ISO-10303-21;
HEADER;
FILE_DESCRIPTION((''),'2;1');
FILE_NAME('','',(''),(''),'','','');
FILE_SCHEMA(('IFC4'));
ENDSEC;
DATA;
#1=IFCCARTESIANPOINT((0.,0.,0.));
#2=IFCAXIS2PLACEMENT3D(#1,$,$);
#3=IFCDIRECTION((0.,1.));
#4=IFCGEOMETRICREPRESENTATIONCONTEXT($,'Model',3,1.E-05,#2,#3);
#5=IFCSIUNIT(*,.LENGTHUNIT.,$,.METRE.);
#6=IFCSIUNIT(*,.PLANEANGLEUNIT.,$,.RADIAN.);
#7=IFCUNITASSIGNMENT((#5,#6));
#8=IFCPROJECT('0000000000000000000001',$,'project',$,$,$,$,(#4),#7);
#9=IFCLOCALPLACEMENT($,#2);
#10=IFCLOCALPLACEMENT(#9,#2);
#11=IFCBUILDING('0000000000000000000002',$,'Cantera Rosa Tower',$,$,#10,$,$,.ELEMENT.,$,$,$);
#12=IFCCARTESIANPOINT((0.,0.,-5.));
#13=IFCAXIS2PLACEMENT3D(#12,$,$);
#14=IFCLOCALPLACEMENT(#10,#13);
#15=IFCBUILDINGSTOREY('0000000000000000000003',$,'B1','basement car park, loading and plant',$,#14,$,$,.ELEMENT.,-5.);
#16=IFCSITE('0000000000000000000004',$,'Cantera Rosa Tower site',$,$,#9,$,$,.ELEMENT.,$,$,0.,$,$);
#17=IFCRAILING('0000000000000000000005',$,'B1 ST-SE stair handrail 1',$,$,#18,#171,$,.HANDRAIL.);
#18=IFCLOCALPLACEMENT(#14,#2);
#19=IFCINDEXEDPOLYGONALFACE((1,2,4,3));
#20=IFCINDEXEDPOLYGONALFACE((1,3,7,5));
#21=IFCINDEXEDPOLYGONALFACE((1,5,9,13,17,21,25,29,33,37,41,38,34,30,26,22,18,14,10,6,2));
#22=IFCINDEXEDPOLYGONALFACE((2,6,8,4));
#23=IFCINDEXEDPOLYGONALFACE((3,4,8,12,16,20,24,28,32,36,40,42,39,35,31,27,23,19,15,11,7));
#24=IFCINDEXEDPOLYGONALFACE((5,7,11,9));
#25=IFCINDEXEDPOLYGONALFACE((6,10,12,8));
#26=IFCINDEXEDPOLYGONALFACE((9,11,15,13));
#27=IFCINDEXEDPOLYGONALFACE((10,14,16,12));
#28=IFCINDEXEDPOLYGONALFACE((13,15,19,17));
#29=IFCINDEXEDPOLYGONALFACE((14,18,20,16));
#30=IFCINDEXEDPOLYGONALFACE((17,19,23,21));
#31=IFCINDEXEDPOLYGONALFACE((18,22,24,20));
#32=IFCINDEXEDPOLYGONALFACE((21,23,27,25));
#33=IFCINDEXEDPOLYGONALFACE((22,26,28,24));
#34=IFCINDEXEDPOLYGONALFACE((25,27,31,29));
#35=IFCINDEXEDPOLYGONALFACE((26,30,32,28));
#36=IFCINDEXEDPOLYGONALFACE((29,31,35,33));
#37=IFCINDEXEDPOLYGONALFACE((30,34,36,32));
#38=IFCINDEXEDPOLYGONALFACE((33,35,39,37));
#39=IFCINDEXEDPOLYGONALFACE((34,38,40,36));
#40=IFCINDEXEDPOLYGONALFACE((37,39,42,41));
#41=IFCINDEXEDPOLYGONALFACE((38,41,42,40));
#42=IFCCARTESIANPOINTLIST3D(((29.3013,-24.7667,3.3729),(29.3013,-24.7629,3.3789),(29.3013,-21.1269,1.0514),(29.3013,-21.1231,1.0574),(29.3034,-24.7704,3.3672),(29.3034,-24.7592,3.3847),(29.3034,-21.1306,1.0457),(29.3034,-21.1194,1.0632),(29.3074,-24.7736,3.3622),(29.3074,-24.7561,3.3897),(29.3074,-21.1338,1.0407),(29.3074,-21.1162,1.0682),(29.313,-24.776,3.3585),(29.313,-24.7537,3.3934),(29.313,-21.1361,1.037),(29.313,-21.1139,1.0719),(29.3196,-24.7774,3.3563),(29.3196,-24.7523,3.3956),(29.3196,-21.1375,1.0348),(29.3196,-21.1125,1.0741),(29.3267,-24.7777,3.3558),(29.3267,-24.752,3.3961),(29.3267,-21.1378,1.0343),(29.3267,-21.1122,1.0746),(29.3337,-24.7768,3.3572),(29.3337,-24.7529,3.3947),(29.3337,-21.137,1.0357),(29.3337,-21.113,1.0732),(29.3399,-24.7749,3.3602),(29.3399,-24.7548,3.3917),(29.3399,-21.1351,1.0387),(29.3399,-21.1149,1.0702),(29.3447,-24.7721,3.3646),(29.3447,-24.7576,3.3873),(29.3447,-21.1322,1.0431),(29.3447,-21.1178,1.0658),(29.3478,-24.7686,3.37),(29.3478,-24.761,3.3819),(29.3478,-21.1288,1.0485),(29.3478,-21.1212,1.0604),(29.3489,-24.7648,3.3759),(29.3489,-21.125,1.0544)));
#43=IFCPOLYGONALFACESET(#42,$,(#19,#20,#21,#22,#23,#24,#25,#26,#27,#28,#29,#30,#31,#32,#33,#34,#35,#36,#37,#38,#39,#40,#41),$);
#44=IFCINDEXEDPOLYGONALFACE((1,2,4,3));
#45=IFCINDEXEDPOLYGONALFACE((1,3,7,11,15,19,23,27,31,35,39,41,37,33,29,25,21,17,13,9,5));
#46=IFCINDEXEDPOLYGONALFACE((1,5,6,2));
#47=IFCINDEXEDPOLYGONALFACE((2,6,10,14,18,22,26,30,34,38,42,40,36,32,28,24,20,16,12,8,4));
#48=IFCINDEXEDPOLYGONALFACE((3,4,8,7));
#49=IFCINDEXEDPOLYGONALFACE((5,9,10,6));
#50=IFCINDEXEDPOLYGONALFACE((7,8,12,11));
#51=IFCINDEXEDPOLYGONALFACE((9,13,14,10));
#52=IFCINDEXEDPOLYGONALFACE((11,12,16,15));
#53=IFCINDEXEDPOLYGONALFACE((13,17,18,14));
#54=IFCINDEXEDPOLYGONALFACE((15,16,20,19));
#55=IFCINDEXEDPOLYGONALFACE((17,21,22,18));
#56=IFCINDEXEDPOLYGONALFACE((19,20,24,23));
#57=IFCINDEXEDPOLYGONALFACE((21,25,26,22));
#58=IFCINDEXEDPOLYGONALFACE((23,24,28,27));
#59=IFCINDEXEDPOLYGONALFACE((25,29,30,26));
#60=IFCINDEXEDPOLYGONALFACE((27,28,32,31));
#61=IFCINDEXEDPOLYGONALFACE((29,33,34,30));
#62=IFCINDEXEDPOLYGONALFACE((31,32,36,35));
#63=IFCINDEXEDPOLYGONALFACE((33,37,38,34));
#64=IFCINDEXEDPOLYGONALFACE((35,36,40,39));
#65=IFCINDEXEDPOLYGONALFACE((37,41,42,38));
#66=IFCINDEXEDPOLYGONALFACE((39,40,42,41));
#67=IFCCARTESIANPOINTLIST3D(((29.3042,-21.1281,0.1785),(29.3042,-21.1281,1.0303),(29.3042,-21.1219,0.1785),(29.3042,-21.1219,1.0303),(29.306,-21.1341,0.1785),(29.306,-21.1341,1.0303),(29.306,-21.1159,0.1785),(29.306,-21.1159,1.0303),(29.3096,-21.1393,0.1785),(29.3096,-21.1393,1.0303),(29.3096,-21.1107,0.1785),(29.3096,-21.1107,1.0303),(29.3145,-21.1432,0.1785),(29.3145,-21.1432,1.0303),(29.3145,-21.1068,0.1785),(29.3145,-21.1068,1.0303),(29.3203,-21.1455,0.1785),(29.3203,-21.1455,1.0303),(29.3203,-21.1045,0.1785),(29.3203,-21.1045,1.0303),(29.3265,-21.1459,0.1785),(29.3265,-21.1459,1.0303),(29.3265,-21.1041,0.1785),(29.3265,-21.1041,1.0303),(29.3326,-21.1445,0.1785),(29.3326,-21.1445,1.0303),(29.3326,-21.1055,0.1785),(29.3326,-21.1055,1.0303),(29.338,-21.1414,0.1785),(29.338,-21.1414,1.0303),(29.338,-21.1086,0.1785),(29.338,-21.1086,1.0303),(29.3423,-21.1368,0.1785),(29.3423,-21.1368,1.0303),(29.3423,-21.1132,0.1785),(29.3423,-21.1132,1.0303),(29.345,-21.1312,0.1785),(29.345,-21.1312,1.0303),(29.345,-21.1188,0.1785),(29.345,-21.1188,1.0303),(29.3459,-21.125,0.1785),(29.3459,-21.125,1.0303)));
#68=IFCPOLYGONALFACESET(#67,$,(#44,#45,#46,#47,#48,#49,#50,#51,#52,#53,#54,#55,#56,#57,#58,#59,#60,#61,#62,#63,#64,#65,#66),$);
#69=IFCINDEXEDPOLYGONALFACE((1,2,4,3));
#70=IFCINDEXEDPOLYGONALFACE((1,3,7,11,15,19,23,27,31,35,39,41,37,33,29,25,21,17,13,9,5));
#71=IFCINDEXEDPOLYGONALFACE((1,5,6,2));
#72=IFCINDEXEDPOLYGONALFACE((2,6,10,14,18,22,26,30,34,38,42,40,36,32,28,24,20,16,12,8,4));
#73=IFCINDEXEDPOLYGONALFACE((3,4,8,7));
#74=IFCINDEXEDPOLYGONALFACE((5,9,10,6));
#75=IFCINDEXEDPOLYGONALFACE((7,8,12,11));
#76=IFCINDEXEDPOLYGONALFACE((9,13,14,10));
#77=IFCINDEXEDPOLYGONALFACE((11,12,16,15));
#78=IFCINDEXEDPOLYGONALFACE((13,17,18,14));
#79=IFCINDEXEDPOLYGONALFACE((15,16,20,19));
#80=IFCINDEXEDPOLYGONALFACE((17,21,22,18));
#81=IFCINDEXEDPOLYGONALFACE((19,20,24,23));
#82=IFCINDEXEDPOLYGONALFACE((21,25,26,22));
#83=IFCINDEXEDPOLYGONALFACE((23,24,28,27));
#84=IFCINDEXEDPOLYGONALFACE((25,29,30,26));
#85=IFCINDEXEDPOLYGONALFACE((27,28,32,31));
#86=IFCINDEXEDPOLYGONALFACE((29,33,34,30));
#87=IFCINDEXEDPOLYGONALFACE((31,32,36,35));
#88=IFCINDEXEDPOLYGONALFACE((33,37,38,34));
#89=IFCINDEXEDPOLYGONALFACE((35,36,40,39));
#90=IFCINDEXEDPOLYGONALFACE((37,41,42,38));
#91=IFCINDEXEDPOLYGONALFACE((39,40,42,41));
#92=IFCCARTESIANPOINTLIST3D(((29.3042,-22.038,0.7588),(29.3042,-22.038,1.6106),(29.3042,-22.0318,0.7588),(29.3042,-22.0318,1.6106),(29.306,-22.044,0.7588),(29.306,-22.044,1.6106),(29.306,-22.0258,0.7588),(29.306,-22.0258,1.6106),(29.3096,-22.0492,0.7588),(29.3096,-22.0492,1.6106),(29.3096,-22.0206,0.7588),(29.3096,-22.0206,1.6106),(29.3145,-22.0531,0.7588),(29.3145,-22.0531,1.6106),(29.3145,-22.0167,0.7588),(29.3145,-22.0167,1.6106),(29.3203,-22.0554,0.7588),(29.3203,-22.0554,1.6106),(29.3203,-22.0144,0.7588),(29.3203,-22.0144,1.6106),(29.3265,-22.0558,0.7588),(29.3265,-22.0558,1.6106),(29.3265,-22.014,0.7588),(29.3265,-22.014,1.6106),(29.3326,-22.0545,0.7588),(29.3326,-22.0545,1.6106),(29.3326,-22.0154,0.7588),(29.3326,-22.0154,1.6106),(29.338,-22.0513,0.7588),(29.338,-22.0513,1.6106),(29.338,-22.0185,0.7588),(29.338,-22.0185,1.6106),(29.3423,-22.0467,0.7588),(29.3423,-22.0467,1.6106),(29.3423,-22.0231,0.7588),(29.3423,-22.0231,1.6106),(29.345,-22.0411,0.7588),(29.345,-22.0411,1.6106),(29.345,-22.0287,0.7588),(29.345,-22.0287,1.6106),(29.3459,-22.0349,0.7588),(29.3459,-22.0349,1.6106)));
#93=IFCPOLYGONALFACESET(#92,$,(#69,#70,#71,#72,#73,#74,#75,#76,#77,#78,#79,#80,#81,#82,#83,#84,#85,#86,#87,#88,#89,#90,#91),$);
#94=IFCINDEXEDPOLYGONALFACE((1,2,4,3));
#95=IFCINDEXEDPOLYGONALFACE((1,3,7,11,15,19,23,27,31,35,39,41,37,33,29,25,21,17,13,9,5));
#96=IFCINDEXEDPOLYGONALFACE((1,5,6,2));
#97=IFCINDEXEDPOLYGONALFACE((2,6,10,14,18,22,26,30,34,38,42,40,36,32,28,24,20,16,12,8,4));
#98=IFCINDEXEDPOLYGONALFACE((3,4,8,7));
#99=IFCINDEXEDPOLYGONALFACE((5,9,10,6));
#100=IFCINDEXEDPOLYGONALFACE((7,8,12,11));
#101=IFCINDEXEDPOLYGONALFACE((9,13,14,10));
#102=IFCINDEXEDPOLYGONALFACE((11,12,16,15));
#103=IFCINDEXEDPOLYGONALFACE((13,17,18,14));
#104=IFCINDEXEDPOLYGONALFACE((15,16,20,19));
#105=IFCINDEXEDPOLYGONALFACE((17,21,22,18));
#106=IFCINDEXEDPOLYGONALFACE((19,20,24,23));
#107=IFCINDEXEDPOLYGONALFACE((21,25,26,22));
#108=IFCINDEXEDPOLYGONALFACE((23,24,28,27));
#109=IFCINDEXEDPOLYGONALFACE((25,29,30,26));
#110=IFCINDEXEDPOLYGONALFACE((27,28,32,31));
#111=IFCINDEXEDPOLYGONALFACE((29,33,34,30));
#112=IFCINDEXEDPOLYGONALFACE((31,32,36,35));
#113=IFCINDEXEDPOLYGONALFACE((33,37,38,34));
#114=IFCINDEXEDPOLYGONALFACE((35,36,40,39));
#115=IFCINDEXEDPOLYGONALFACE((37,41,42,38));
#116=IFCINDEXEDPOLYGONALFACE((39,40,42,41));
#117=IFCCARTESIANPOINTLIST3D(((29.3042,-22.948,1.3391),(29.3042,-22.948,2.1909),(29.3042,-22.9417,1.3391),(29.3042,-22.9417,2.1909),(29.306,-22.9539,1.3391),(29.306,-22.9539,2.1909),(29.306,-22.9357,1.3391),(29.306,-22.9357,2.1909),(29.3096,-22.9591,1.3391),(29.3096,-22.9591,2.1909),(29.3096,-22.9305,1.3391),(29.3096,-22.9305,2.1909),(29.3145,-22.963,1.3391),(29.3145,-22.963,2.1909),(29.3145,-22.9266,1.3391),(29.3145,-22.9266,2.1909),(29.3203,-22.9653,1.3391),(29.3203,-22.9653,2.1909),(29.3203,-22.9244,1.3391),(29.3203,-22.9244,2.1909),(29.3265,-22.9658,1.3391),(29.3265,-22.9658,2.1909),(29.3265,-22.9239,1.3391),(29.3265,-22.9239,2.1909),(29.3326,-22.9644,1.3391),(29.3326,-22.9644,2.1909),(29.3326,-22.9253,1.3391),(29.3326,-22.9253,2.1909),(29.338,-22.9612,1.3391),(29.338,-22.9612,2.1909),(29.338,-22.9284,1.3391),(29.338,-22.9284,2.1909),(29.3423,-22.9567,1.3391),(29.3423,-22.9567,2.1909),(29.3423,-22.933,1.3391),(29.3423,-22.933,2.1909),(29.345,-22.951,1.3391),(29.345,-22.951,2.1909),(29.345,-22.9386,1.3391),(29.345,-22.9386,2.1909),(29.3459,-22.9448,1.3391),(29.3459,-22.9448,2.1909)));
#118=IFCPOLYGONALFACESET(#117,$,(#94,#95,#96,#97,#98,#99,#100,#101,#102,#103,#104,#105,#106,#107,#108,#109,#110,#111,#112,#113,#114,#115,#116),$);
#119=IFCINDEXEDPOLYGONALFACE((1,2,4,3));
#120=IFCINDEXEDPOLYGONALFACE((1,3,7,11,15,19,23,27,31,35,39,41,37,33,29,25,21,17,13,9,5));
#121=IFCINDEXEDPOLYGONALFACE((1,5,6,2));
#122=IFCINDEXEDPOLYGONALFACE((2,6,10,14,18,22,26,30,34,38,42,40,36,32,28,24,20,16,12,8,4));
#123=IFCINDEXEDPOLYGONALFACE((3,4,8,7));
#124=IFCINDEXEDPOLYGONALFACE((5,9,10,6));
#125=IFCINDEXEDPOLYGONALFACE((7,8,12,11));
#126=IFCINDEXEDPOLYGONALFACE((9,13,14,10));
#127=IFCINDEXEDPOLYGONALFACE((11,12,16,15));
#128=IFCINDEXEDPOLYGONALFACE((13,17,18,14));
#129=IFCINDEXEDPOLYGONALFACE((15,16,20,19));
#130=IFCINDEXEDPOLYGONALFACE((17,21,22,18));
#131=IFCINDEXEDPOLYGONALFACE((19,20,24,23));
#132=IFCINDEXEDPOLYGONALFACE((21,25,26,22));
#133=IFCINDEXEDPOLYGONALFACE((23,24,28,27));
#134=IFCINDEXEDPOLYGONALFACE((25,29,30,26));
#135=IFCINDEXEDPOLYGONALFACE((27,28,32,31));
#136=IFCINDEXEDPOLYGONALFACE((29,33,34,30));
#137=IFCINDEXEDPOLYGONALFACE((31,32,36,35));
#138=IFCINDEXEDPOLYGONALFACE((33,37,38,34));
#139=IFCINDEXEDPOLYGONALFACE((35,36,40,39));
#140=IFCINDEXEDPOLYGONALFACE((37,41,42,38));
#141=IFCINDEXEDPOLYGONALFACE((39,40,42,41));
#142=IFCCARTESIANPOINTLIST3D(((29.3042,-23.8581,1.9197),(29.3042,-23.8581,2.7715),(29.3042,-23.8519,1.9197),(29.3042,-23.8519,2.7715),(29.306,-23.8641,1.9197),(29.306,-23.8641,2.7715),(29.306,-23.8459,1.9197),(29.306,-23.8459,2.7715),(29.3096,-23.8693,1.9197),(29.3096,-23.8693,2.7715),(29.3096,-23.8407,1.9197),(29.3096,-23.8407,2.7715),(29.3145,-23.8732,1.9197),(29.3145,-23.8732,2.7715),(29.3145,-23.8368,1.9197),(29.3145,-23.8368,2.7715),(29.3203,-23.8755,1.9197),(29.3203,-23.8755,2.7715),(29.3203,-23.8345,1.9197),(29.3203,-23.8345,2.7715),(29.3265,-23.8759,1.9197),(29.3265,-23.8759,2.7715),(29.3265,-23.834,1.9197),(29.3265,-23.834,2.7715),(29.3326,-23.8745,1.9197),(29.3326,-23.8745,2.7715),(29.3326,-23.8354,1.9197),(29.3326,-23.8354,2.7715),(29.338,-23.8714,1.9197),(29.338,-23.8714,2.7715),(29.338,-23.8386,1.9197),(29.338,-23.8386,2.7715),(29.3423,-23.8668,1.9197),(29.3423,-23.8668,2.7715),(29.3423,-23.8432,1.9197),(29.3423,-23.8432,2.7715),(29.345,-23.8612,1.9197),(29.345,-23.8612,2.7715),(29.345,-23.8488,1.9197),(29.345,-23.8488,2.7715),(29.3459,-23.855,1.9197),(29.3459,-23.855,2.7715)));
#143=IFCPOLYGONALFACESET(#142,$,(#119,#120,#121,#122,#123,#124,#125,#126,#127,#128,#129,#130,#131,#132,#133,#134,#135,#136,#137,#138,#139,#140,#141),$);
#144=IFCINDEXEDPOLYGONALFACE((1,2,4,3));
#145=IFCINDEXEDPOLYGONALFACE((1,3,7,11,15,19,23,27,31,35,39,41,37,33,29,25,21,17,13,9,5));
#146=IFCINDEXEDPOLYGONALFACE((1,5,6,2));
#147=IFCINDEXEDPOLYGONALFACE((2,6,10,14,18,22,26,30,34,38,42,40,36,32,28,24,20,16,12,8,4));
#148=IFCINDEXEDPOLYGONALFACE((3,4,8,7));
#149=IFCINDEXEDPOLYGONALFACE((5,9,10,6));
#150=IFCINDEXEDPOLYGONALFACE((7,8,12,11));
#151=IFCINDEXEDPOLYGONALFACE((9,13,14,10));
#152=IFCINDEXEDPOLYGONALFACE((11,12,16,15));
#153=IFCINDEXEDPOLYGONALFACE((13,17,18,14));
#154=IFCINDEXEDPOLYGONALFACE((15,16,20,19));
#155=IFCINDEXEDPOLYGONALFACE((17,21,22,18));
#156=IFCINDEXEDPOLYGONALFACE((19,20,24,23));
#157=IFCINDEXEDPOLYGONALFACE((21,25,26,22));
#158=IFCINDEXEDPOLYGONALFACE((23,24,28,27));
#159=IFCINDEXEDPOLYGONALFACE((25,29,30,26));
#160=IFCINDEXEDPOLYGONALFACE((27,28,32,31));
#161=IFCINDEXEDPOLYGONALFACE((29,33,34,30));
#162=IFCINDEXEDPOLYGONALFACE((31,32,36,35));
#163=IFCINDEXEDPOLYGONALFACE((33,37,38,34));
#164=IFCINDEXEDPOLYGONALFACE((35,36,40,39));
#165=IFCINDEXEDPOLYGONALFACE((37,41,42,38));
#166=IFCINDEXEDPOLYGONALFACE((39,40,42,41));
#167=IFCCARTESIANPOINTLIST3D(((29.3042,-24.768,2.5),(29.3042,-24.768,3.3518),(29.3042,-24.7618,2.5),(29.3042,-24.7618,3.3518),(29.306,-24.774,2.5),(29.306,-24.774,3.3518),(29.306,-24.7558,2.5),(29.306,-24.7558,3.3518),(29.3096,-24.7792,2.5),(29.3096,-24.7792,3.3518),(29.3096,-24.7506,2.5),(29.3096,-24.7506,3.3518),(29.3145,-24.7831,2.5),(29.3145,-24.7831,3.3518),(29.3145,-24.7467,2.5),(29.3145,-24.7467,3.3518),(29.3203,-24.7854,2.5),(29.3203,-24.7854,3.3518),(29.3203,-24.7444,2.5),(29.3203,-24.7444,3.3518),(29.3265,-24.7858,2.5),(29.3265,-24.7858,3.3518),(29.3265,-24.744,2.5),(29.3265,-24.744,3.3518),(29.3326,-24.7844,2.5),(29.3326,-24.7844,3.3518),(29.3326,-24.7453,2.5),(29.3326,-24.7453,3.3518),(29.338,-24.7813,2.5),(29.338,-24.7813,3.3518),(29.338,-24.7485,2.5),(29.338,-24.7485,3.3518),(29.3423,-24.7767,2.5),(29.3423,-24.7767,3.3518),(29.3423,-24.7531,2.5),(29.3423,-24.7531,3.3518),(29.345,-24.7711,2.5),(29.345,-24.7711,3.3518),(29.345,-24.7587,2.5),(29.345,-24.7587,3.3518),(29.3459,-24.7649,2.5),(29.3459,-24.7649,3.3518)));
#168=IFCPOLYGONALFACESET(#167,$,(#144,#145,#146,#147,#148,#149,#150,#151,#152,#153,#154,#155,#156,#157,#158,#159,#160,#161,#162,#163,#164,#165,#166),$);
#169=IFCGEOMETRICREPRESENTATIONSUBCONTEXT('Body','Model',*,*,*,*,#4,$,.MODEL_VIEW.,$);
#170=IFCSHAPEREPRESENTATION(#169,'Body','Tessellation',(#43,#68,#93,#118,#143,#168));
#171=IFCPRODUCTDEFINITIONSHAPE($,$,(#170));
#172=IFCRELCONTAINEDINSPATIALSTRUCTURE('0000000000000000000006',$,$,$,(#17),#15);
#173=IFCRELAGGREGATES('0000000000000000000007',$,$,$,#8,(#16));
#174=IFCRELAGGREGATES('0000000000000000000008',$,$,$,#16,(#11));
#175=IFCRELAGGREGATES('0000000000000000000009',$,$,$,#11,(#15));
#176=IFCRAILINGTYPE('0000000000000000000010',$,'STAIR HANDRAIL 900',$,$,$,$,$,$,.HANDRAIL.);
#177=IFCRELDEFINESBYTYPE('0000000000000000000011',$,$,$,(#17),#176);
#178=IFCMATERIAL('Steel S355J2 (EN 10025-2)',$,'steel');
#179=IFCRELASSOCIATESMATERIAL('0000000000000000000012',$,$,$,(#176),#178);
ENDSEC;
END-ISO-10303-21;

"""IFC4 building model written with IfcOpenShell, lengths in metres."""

from ifc_helpers import new_model, si_unit, direction, frame, origin, origin_2d, place, context, subcontext, project, spatial, circle, extrude, material, type_object, element, save


model = new_model("IFC4")

# Units and contexts
model_context = context("Model", 3, precision=1e-05, world=origin(), true_north=direction((0.0, 1.0)))
body_context = subcontext(model_context, "Body", "Model", "MODEL_VIEW")
ifc_project = project(units=[si_unit("LENGTHUNIT", "METRE"), si_unit("PLANEANGLEUNIT", "RADIAN")], contexts=[model_context])

# Site, building, storey
site_placement = place(None, origin())
site = spatial("IfcSite", under=ifc_project, at=site_placement, Name="Cantera Rosa Tower site", CompositionType="ELEMENT", RefElevation=0.0)
building_placement = place(site_placement, origin())
building = spatial("IfcBuilding", under=site, at=building_placement, Name="Cantera Rosa Tower", CompositionType="ELEMENT")
storey_placement = place(building_placement, frame((0.0, 0.0, -5.0)))
storey = spatial("IfcBuildingStorey", under=building, at=storey_placement, Name="B1", Description="basement car park, loading and plant", CompositionType="ELEMENT", Elevation=-5.0)

# Railing
ifc_material_1 = material(Name="Steel S355J2 (EN 10025-2)", Category="steel")
railing_type_1 = type_object("IfcRailingType", Name="STAIR HANDRAIL 900", PredefinedType="HANDRAIL", material=ifc_material_1)
railing_1_placement = place(storey_placement, frame((29.325, -21.125, 0.1785)))
element("IfcRailing", 1, at=railing_1_placement, inside=storey, type_object=railing_type_1, Name="B1 ST-SE stair handrail 1", PredefinedType="HANDRAIL", context=body_context, shape_type="SweptSolid", body=[
    extrude(circle(Radius=0.0239, at=origin_2d()), frame((0.0, 0.0, 0.876), z_axis=(0.0, -0.843112, 0.537739), x_axis=(1.0, 0.0, 0.0)), (0.0, 0.0, 1.0), 4.3171),
    extrude(circle(Radius=0.021, at=origin_2d()), origin(), (0.0, 0.0, 1.0), 0.8518),
    extrude(circle(Radius=0.021, at=origin_2d()), frame((0.0, -0.9099, 0.5803)), (0.0, 0.0, 1.0), 0.8518),
    extrude(circle(Radius=0.021, at=origin_2d()), frame((0.0, -1.8198, 1.1606)), (0.0, 0.0, 1.0), 0.8518),
    extrude(circle(Radius=0.021, at=origin_2d()), frame((0.0, -2.73, 1.7412)), (0.0, 0.0, 1.0), 0.8518),
    extrude(circle(Radius=0.021, at=origin_2d()), frame((0.0, -3.6399, 2.3215)), (0.0, 0.0, 1.0), 0.8518),
])

save(model, "model.ifc")
